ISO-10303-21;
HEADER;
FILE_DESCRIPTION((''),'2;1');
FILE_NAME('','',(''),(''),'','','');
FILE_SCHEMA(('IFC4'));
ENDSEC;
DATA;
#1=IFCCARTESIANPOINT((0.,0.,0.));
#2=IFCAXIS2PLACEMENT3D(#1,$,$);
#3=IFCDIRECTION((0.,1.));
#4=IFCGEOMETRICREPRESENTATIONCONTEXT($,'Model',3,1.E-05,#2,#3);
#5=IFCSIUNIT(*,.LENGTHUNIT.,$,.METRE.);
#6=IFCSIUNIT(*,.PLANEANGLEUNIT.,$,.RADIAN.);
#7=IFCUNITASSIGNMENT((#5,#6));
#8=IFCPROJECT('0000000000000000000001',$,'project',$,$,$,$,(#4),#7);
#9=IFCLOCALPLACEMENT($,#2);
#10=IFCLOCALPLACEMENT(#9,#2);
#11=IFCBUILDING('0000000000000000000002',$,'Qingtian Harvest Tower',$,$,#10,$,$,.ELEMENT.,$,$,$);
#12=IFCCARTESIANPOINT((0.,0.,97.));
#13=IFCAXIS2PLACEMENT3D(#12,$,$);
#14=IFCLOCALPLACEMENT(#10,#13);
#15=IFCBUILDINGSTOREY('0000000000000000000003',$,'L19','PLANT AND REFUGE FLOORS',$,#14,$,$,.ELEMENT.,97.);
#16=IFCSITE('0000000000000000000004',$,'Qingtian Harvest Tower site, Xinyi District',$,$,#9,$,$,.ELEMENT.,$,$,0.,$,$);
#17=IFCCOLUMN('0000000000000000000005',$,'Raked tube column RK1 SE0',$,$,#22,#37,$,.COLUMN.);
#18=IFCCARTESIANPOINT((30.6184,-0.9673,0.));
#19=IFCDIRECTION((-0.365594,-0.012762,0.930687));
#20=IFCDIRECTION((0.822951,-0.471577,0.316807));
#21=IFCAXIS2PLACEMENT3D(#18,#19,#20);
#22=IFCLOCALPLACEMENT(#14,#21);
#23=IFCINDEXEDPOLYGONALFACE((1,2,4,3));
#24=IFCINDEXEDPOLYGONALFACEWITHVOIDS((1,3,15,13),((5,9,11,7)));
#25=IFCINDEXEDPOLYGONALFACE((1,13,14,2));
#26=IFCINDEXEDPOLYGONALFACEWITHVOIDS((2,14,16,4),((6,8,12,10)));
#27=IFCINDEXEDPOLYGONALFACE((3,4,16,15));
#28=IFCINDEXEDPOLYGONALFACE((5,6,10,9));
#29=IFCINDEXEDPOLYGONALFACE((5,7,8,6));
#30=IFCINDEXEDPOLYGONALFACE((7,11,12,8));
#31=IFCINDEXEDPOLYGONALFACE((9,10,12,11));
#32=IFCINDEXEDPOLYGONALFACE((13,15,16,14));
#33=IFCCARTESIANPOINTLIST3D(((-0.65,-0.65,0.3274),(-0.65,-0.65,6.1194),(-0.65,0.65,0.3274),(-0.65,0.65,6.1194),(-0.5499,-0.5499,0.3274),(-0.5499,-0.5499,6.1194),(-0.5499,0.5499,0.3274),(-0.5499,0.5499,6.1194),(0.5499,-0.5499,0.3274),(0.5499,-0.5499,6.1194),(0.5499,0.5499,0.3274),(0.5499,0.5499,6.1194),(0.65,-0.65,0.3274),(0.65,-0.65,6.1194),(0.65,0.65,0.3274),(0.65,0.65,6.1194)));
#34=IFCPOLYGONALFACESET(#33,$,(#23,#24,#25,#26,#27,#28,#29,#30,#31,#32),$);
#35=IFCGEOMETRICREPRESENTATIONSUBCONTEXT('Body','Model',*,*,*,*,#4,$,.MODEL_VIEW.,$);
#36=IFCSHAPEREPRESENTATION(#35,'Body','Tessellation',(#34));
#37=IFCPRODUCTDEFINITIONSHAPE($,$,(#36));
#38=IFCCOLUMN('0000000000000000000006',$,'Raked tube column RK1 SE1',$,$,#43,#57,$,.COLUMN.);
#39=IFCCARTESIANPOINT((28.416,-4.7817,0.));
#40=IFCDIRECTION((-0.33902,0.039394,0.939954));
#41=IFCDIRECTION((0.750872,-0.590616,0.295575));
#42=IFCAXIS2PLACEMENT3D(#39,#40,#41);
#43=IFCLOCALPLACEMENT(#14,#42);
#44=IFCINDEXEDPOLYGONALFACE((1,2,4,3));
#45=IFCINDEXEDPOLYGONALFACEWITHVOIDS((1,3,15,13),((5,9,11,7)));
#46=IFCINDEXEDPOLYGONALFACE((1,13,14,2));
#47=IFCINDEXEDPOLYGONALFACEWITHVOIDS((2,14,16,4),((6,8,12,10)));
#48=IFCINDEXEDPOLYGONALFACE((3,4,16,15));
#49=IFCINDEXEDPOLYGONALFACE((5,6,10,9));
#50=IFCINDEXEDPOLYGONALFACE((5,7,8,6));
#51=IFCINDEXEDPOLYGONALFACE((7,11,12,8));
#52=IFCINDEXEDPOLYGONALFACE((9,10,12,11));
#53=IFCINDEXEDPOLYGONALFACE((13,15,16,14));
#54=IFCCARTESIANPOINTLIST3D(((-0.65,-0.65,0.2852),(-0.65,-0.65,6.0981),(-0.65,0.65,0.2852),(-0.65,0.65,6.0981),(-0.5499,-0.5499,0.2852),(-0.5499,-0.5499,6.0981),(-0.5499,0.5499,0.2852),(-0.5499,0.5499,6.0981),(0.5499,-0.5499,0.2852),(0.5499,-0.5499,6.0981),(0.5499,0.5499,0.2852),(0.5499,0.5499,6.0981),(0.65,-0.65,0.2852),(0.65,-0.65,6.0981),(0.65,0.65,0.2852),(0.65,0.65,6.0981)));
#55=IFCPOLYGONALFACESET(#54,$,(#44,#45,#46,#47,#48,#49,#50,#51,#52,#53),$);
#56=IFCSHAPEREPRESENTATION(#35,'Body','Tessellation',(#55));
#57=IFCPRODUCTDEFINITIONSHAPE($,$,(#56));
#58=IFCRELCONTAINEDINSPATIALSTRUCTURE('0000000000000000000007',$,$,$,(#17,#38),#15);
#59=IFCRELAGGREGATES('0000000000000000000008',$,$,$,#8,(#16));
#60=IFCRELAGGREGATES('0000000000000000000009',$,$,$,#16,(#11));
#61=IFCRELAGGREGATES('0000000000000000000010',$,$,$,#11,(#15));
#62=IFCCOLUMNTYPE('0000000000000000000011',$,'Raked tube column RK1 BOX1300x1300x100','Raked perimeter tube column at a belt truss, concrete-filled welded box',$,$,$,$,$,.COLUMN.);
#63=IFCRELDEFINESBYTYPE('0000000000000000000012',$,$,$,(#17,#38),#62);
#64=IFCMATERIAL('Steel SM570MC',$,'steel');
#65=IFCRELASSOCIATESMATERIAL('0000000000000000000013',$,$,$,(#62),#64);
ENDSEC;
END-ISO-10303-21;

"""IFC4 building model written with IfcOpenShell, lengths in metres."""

from ifc_helpers import new_model, si_unit, direction, frame, origin, origin_2d, place, context, subcontext, project, spatial, hollow_rectangle, extrude, clip, halfspace, material, material_profile, profile_set, type_object, element, save


model = new_model("IFC4")

# Units and contexts
model_context = context("Model", 3, precision=1e-05, world=origin(), true_north=direction((0.0, 1.0)))
body_context = subcontext(model_context, "Body", "Model", "MODEL_VIEW")
ifc_project = project(units=[si_unit("LENGTHUNIT", "METRE"), si_unit("PLANEANGLEUNIT", "RADIAN")], contexts=[model_context])

# Site, building, storey
site_placement = place(None, origin())
site = spatial("IfcSite", under=ifc_project, at=site_placement, Name="Qingtian Harvest Tower site, Xinyi District", CompositionType="ELEMENT", RefElevation=0.0)
building_placement = place(site_placement, origin())
building = spatial("IfcBuilding", under=site, at=building_placement, Name="Qingtian Harvest Tower", CompositionType="ELEMENT")
storey_placement = place(building_placement, frame((0.0, 0.0, 97.0)))
storey = spatial("IfcBuildingStorey", under=building, at=storey_placement, Name="L19", Description="PLANT AND REFUGE FLOORS", CompositionType="ELEMENT", Elevation=97.0)

# Columns
ifc_material_1 = material(Name="Steel SM570MC", Category="steel")
ifc_material_profile_1 = material_profile(ifc_material_1, hollow_rectangle(XDim=1.3, YDim=1.3, WallThickness=0.1001, at=origin_2d()), Name="BOX1300x1300x100")
ifc_profile_set_1 = profile_set([ifc_material_profile_1], Name="Steel SM570MC")
column_type = type_object("IfcColumnType", Name="Raked tube column RK1 BOX1300x1300x100", Description="Raked perimeter tube column at a belt truss, concrete-filled welded box", PredefinedType="COLUMN", material=ifc_profile_set_1)
column_1_placement = place(storey_placement, frame((30.6184, -0.9673, 0.0), z_axis=(-0.365594, -0.012762, 0.930687), x_axis=(0.822951, -0.471577, 0.316807)))
element("IfcColumn", 1, at=column_1_placement, inside=storey, type_object=column_type, Name="Raked tube column RK1 SE0", PredefinedType="COLUMN", context=body_context, shape_type="Clipping", body=[
    clip(clip(extrude(hollow_rectangle(XDim=1.3, YDim=1.3, WallThickness=0.1001, at=origin_2d()), origin(), (0.0, 0.0, 1.0), 6.4468), halfspace(frame((0.0, 0.0, 0.3274), z_axis=(0.0, 0.0, -1.0), x_axis=(0.0, -1.0, 0.0)), False)), halfspace(frame((0.0, 0.0, 6.1194), z_axis=(0.0, 0.0, 1.0), x_axis=(0.0, 1.0, 0.0)), False)),
])
column_2_placement = place(storey_placement, frame((28.416, -4.7817, 0.0), z_axis=(-0.33902, 0.039394, 0.939954), x_axis=(0.750872, -0.590616, 0.295575)))
element("IfcColumn", 2, at=column_2_placement, inside=storey, type_object=column_type, Name="Raked tube column RK1 SE1", PredefinedType="COLUMN", context=body_context, shape_type="Clipping", body=[
    clip(clip(extrude(hollow_rectangle(XDim=1.3, YDim=1.3, WallThickness=0.1001, at=origin_2d()), origin(), (0.0, 0.0, 1.0), 6.3833), halfspace(frame((0.0, 0.0, 0.2852), z_axis=(0.0, 0.0, -1.0), x_axis=(0.0, -1.0, 0.0)), False)), halfspace(frame((0.0, 0.0, 6.0981), z_axis=(0.0, 0.0, 1.0), x_axis=(0.0, 1.0, 0.0)), False)),
])

save(model, "model.ifc")
